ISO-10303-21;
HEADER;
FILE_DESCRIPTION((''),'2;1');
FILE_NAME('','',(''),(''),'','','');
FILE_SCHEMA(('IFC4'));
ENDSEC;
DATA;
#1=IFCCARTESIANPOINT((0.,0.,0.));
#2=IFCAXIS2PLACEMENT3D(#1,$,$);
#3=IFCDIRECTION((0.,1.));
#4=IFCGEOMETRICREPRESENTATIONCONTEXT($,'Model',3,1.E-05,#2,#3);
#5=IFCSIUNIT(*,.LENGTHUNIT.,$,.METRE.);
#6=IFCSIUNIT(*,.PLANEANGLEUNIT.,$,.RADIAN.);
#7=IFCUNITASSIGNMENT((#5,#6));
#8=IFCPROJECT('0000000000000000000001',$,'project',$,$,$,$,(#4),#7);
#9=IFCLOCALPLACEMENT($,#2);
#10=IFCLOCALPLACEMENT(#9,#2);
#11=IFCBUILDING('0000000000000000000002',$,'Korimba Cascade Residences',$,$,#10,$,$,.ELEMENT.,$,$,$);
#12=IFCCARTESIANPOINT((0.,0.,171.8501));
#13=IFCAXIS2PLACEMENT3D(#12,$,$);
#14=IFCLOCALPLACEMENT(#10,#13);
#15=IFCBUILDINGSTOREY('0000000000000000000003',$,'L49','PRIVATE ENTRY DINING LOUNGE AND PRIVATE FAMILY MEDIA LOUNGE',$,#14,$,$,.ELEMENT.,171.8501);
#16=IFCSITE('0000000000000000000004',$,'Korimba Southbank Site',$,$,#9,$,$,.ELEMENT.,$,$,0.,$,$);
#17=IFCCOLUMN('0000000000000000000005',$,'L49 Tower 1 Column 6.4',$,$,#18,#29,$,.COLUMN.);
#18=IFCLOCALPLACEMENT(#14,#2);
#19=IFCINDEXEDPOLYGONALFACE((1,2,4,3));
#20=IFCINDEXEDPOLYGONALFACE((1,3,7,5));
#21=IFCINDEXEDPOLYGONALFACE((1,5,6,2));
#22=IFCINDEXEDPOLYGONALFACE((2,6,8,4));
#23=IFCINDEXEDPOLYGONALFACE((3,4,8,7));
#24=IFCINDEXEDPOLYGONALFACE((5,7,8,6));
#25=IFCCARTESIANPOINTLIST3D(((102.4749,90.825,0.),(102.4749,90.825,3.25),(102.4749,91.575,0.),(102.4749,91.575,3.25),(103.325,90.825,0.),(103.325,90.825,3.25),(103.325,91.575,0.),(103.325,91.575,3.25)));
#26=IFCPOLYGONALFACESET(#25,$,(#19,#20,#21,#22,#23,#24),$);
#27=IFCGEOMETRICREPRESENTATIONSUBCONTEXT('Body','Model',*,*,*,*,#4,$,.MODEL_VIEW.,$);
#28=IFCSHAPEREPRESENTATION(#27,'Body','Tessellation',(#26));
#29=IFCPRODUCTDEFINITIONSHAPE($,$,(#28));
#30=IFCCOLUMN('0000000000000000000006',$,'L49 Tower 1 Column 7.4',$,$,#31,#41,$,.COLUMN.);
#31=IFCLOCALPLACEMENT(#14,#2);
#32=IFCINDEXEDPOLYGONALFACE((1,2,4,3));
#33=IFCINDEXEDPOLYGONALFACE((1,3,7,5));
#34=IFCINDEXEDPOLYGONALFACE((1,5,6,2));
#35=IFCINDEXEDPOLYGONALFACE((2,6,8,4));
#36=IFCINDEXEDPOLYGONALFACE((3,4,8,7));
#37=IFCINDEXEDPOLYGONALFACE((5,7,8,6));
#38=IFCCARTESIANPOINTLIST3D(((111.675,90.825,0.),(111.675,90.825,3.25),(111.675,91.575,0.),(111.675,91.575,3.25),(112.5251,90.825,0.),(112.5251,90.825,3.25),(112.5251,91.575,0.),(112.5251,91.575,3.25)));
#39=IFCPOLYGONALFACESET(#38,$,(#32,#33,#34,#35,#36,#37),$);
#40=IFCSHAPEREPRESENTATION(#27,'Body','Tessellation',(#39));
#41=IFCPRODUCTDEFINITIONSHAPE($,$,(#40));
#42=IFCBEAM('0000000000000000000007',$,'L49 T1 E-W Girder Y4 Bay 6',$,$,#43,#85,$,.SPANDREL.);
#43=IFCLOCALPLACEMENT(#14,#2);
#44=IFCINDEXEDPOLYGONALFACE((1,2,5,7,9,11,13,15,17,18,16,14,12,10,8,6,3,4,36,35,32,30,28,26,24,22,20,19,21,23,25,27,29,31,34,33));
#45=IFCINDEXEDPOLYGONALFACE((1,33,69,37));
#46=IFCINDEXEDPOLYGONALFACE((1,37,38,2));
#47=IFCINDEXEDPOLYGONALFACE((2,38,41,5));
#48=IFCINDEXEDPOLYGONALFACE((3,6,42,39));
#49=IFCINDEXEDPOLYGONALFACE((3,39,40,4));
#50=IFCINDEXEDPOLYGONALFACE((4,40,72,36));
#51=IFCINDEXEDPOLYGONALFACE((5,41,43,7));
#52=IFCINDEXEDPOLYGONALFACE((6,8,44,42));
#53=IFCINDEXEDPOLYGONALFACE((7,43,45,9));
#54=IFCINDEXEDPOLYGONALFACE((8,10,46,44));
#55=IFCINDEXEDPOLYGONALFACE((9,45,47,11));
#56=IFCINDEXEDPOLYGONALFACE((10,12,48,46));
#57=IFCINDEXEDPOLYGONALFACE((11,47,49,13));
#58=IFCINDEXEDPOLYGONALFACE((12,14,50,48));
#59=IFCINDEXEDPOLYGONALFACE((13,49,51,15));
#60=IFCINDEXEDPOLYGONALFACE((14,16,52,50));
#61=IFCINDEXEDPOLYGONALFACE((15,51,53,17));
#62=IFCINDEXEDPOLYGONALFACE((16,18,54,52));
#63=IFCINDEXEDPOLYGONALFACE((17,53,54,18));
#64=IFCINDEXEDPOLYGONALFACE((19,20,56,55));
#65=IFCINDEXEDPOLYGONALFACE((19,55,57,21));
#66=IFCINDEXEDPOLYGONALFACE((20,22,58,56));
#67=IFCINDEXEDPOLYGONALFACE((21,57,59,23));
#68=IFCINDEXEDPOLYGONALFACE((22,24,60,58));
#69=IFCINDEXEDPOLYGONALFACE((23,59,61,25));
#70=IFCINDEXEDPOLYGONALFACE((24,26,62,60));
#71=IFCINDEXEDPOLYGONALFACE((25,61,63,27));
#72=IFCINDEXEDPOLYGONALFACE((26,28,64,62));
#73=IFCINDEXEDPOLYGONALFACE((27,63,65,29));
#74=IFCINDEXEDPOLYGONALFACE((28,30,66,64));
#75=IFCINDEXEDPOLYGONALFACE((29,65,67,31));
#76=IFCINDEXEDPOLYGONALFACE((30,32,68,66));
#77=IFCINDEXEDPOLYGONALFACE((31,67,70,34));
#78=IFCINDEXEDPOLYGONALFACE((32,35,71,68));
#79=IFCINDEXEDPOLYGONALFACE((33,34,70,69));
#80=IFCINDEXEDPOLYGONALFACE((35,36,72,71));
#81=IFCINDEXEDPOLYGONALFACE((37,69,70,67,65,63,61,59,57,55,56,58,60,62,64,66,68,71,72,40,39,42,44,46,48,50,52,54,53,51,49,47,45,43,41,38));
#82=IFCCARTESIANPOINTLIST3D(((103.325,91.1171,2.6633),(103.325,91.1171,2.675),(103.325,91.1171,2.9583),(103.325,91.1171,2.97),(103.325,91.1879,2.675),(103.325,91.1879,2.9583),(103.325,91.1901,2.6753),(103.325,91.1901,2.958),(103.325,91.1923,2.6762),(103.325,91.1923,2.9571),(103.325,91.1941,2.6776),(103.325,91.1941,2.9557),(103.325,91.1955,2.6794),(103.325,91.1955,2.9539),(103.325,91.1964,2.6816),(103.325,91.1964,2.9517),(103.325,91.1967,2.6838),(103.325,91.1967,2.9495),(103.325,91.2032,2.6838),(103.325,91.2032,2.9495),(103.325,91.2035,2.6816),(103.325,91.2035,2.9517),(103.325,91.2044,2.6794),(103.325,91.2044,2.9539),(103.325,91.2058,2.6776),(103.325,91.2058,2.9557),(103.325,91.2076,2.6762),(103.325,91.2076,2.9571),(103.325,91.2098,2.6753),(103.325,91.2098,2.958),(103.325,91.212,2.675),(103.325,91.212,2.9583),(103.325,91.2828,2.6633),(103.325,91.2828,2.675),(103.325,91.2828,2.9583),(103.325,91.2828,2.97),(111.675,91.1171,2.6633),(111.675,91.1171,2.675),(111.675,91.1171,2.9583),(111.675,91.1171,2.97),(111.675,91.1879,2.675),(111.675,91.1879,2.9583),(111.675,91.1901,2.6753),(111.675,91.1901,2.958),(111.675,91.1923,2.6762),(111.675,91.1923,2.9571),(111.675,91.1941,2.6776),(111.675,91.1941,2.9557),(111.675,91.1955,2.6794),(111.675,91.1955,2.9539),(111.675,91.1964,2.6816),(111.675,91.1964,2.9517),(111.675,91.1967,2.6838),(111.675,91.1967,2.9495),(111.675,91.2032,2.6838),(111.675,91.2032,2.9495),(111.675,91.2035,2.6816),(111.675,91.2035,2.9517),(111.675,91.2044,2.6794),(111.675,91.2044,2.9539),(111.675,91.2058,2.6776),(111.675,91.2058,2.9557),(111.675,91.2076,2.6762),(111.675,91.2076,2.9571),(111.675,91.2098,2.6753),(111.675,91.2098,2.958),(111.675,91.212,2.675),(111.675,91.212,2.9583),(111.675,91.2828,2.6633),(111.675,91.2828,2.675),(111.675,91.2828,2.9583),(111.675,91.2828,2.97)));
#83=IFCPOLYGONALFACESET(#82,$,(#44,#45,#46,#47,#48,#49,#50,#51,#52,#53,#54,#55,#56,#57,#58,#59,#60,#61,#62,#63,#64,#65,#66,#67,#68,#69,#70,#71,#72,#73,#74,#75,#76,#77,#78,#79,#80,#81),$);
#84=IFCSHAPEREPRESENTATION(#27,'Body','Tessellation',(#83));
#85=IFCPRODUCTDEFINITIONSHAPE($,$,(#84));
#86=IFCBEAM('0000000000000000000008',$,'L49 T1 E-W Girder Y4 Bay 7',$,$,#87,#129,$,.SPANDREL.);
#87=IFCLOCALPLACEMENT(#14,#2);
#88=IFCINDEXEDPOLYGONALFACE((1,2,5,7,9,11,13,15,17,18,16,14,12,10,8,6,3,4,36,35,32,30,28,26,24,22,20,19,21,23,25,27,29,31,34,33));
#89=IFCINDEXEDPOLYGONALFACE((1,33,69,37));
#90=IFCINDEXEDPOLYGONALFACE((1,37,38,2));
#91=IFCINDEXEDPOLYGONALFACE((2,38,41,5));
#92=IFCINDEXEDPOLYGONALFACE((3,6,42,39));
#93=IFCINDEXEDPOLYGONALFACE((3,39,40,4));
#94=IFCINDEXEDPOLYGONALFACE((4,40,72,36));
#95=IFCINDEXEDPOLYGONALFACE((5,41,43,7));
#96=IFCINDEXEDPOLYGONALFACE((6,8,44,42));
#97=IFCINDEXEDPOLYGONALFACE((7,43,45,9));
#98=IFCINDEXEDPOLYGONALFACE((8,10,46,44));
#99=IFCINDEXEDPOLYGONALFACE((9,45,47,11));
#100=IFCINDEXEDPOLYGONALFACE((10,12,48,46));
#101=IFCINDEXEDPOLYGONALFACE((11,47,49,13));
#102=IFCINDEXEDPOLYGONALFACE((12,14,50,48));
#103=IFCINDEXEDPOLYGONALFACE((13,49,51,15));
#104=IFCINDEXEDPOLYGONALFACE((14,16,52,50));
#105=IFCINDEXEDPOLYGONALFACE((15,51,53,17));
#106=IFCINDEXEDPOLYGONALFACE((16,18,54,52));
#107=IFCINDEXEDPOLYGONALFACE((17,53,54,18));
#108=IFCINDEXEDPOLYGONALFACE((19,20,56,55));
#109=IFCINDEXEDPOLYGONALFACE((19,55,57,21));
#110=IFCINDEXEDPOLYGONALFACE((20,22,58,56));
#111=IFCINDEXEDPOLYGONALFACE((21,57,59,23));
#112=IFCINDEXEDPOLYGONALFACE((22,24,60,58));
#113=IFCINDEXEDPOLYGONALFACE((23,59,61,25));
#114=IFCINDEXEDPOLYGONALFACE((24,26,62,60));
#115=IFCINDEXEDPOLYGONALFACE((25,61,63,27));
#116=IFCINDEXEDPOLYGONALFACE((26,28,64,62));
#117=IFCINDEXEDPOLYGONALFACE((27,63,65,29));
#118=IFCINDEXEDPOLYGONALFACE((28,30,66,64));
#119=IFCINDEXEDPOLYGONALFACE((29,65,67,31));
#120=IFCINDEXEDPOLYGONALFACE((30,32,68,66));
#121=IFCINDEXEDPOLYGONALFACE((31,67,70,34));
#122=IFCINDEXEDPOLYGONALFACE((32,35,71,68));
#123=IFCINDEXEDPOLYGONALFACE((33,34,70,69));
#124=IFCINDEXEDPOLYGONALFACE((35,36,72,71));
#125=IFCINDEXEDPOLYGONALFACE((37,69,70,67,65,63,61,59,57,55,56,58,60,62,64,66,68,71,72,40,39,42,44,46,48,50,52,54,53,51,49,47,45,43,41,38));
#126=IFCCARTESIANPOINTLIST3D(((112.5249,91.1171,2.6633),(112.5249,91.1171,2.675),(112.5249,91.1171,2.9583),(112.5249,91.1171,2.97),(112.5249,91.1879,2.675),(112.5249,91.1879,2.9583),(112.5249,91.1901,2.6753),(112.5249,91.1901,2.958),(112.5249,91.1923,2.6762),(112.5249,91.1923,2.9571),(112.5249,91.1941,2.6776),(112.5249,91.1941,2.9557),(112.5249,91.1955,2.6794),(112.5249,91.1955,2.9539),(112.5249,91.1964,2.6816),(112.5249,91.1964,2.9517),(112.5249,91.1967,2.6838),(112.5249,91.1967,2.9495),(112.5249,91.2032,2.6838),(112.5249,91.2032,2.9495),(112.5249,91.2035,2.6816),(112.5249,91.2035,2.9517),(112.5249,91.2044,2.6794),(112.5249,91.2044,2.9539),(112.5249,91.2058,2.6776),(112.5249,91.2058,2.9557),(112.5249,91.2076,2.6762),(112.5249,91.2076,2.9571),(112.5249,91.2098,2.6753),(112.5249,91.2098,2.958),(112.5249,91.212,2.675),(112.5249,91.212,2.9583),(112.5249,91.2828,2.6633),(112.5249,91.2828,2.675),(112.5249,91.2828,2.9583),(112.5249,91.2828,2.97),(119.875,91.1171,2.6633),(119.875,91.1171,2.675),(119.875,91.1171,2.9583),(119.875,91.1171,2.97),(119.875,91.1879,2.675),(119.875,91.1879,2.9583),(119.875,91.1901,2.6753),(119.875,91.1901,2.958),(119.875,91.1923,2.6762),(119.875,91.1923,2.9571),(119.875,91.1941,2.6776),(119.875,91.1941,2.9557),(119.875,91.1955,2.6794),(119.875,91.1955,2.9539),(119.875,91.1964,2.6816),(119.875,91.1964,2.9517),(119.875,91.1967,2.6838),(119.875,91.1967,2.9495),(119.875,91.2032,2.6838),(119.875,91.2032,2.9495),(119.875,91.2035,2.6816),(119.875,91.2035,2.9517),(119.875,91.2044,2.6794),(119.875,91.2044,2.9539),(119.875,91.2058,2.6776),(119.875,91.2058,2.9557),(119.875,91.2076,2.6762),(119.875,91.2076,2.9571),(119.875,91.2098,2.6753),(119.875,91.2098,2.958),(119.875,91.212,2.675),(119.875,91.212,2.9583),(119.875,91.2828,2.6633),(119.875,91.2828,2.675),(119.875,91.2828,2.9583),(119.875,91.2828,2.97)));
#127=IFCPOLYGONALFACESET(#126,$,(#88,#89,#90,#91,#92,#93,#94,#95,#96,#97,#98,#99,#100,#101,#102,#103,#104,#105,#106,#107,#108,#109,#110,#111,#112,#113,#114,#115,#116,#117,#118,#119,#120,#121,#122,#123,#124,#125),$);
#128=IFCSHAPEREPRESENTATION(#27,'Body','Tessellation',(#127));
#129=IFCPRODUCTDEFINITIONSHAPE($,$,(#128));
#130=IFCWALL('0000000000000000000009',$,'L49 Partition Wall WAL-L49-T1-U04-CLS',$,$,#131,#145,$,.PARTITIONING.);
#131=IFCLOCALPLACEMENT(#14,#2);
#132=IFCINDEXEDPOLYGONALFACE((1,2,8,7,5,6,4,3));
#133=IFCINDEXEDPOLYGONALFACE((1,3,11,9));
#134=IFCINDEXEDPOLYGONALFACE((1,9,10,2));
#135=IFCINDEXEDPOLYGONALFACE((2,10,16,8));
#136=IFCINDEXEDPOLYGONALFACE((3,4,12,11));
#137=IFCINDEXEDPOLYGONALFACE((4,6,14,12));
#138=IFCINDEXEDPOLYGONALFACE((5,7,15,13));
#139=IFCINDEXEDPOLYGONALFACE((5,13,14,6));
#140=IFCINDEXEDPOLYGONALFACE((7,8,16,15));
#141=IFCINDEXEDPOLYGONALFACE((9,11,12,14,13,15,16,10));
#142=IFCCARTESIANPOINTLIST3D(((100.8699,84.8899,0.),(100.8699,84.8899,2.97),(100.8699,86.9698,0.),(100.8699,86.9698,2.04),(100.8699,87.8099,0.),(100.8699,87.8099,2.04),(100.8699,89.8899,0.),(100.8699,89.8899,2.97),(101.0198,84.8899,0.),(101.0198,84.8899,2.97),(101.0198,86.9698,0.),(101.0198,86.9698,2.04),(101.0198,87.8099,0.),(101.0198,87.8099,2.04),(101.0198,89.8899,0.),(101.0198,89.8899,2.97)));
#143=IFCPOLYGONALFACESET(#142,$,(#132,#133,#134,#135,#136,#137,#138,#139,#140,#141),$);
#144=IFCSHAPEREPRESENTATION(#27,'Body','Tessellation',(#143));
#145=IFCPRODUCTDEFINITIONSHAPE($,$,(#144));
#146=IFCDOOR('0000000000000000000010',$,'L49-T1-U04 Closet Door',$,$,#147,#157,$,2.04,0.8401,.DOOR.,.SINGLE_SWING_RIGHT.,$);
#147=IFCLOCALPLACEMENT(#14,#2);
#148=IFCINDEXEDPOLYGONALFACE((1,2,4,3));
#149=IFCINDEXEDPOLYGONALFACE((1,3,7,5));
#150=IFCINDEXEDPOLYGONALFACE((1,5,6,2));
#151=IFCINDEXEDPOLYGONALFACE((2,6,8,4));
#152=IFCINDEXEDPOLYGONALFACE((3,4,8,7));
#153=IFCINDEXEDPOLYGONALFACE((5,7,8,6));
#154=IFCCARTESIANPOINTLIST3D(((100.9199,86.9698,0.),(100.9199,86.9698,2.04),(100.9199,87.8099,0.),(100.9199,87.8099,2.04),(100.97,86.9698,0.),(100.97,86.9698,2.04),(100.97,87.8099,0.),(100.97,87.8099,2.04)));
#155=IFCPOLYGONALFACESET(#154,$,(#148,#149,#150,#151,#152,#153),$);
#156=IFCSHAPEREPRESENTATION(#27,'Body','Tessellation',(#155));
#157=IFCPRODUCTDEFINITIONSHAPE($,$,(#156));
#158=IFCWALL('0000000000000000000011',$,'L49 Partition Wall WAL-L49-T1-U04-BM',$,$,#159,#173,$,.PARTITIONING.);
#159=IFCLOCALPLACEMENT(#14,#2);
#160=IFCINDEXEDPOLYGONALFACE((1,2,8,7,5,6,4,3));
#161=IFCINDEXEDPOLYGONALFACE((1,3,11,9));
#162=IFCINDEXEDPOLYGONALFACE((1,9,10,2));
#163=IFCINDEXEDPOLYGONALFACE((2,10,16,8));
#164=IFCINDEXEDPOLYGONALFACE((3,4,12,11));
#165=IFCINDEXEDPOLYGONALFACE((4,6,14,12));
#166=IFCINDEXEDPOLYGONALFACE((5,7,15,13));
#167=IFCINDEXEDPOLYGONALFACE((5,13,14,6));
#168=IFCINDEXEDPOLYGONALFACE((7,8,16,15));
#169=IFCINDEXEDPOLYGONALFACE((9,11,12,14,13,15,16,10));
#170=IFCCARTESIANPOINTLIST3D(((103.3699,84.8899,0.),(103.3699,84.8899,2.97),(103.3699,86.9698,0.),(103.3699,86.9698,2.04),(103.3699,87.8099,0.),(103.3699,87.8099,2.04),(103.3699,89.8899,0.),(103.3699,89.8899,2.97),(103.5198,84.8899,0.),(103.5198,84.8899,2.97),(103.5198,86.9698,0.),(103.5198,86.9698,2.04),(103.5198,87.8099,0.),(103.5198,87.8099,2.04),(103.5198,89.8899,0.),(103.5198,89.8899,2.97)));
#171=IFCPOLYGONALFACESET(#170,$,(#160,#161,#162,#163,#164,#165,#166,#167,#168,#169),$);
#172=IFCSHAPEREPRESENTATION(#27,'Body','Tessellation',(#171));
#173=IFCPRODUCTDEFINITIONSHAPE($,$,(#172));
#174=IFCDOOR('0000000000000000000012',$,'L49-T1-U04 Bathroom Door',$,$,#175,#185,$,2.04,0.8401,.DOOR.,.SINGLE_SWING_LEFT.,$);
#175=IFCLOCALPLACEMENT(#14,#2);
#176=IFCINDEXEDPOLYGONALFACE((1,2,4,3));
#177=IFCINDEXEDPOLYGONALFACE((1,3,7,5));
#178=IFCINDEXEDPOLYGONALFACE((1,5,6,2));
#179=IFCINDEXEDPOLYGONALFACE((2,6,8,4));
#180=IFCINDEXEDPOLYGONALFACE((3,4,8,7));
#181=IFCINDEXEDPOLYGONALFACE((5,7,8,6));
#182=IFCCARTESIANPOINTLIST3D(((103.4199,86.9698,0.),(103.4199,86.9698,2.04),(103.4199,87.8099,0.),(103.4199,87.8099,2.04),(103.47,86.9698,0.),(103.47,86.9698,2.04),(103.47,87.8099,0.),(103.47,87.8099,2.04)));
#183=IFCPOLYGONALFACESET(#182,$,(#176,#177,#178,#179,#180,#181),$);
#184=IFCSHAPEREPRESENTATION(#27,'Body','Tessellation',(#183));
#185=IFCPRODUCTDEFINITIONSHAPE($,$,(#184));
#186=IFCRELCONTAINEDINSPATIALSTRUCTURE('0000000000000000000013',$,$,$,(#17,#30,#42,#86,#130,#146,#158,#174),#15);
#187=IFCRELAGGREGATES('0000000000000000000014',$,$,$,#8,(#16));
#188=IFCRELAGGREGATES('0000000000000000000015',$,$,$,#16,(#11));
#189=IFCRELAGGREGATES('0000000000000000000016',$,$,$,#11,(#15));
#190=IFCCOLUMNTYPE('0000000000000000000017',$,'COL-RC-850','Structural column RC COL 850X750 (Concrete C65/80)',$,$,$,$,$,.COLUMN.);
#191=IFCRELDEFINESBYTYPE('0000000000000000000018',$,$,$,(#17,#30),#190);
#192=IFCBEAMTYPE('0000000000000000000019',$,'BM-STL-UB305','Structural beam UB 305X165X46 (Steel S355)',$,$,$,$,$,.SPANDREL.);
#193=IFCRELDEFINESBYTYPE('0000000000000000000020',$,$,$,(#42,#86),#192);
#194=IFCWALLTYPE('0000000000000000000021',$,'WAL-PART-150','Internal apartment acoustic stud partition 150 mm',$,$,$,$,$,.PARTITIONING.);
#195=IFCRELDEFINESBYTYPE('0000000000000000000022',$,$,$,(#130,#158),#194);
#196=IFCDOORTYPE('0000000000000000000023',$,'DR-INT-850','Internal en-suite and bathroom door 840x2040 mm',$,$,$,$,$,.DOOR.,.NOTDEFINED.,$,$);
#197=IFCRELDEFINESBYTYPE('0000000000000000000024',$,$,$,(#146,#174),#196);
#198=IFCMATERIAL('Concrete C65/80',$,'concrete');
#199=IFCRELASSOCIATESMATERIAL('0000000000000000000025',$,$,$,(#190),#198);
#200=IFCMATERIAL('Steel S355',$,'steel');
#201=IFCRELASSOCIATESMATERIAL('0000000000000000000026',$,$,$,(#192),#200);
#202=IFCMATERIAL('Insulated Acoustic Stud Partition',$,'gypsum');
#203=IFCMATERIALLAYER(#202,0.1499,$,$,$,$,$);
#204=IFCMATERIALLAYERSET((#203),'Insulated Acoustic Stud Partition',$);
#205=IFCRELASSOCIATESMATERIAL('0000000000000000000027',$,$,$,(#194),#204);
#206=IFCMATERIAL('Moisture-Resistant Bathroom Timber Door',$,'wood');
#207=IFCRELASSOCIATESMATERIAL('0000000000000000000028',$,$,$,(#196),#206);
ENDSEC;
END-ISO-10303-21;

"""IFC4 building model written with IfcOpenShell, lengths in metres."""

from ifc_helpers import new_model, si_unit, direction, frame, frame_2d, origin, origin_2d, place, context, subcontext, project, spatial, rectangle, i_section, extrude, material, layer, layer_set, material_profile, profile_set, type_object, element, fill, save


model = new_model("IFC4")

# Units and contexts
model_context = context("Model", 3, precision=1e-05, world=origin(), true_north=direction((0.0, 1.0)))
body_context = subcontext(model_context, "Body", "Model", "MODEL_VIEW")
ifc_project = project(units=[si_unit("LENGTHUNIT", "METRE"), si_unit("PLANEANGLEUNIT", "RADIAN")], contexts=[model_context])

# Site, building, storey
site_placement = place(None, origin())
site = spatial("IfcSite", under=ifc_project, at=site_placement, Name="Korimba Southbank Site", CompositionType="ELEMENT", RefElevation=0.0)
building_placement = place(site_placement, origin())
building = spatial("IfcBuilding", under=site, at=building_placement, Name="Korimba Cascade Residences", CompositionType="ELEMENT")
storey_placement = place(building_placement, frame((0.0, 0.0, 171.8501)))
storey = spatial("IfcBuildingStorey", under=building, at=storey_placement, Name="L49", Description="PRIVATE ENTRY DINING LOUNGE AND PRIVATE FAMILY MEDIA LOUNGE", CompositionType="ELEMENT", Elevation=171.8501)

# Columns
ifc_material_1 = material(Name="Concrete C65/80", Category="concrete")
ifc_material_profile_1 = material_profile(ifc_material_1, rectangle(XDim=0.8501, YDim=0.75, at=origin_2d()), Name="Concrete C65/80")
ifc_profile_set_1 = profile_set([ifc_material_profile_1], Name="Concrete C65/80")
column_type = type_object("IfcColumnType", Name="COL-RC-850", Description="Structural column RC COL 850X750 (Concrete C65/80)", PredefinedType="COLUMN", material=ifc_profile_set_1)
for number, where, z_axis, x_axis, name in (
    (1, (102.8999, 91.2, 0.0), (0.0, 0.0, 1.0), (1.0, 0.0, 0.0), "L49 Tower 1 Column 6.4"),
    (2, (112.1001, 91.2, 0.0), (0.0, 0.0, 1.0), (1.0, 0.0, 0.0), "L49 Tower 1 Column 7.4"),
):
    element("IfcColumn", number, at=place(storey_placement, frame(where, z_axis=z_axis, x_axis=x_axis)), inside=storey, type_object=column_type, Name=name, PredefinedType="COLUMN", context=body_context, shape_type="SweptSolid", body=[
        extrude(rectangle(XDim=0.8501, YDim=0.75, at=origin_2d()), origin(), (0.0, 0.0, 1.0), 3.25),
    ])

# Beams
ifc_material_2 = material(Name="Steel S355", Category="steel")
ifc_material_profile_2 = material_profile(ifc_material_2, i_section(OverallWidth=0.1658, OverallDepth=0.3066, WebThickness=0.0066, FlangeThickness=0.0117, FilletRadius=0.0088, at=origin_2d()), Name="Steel S355")
ifc_profile_set_2 = profile_set([ifc_material_profile_2], Name="Steel S355")
beam_type = type_object("IfcBeamType", Name="BM-STL-UB305", Description="Structural beam UB 305X165X46 (Steel S355)", PredefinedType="SPANDREL", material=ifc_profile_set_2)
beam_1_placement = place(storey_placement, frame((103.325, 91.2, 2.8167), z_axis=(1.0, 0.0, 0.0), x_axis=(0.0, 1.0, 0.0)))
element("IfcBeam", 3, at=beam_1_placement, inside=storey, type_object=beam_type, Name="L49 T1 E-W Girder Y4 Bay 6", PredefinedType="SPANDREL", context=body_context, shape_type="SweptSolid", body=[
    extrude(i_section(OverallWidth=0.1658, OverallDepth=0.3066, WebThickness=0.0066, FlangeThickness=0.0117, FilletRadius=0.0088, at=origin_2d()), origin(), (0.0, 0.0, 1.0), 8.3501),
])
beam_2_placement = place(storey_placement, frame((112.5249, 91.2, 2.8167), z_axis=(1.0, 0.0, 0.0), x_axis=(0.0, 1.0, 0.0)))
element("IfcBeam", 4, at=beam_2_placement, inside=storey, type_object=beam_type, Name="L49 T1 E-W Girder Y4 Bay 7", PredefinedType="SPANDREL", context=body_context, shape_type="SweptSolid", body=[
    extrude(i_section(OverallWidth=0.1658, OverallDepth=0.3066, WebThickness=0.0066, FlangeThickness=0.0117, FilletRadius=0.0088, at=origin_2d()), origin(), (0.0, 0.0, 1.0), 7.3501),
])

# Walls, openings, doors
ifc_material_3 = material(Name="Insulated Acoustic Stud Partition", Category="gypsum")
ifc_layer = layer(ifc_material_3, 0.1499)
ifc_layer_set = layer_set([ifc_layer], Name="Insulated Acoustic Stud Partition")
wall_type = type_object("IfcWallType", Name="WAL-PART-150", Description="Internal apartment acoustic stud partition 150 mm", PredefinedType="PARTITIONING", material=ifc_layer_set)
wall_1_placement = place(storey_placement, frame((100.9448, 84.8899, 0.0), z_axis=(0.0, 0.0, 1.0), x_axis=(0.0, 1.0, 0.0)))
wall_1 = element("IfcWall", 5, at=wall_1_placement, inside=storey, type_object=wall_type, Name="L49 Partition Wall WAL-L49-T1-U04-CLS", PredefinedType="PARTITIONING", context=body_context, shape_type="SweptSolid", body=[
    extrude(rectangle(XDim=5.0, YDim=0.1499, at=frame_2d((2.5, 0.0))), origin(), (0.0, 0.0, 1.0), 2.97),
])
opening_1_placement = place(wall_1_placement, frame((2.0801, 0.0, 0.0)))
opening_1 = element("IfcOpeningElement", 6, at=opening_1_placement, cuts=wall_1, PredefinedType="OPENING", context=body_context, shape_type="SweptSolid", body=[
    extrude(rectangle(XDim=0.8401, YDim=2.04, at=frame_2d((0.4199, 1.02))), frame((0.0, 0.085, 0.0), z_axis=(0.0, -1.0, 0.0), x_axis=(1.0, 0.0, 0.0)), (0.0, 0.0, 1.0), 0.1699),
])
ifc_material_4 = material(Name="Moisture-Resistant Bathroom Timber Door", Category="wood")
door_type_1 = type_object("IfcDoorType", Name="DR-INT-850", Description="Internal en-suite and bathroom door 840x2040 mm", OperationType="NOTDEFINED", PredefinedType="DOOR", material=ifc_material_4)
door_1_placement = place(opening_1_placement, origin())
door_1 = element("IfcDoor", 7, at=door_1_placement, inside=storey, type_object=door_type_1, Name="L49-T1-U04 Closet Door", OperationType="SINGLE_SWING_RIGHT", OverallHeight=2.04, OverallWidth=0.8401, PredefinedType="DOOR", context=body_context, shape_type="SweptSolid", body=[
    extrude(rectangle(XDim=0.8401, YDim=2.04, at=frame_2d((0.4199, 1.02))), frame((0.0, 0.0249, 0.0), z_axis=(0.0, -1.0, 0.0), x_axis=(1.0, 0.0, 0.0)), (0.0, 0.0, 1.0), 0.05),
])
fill(opening_1, door_1)
wall_2_placement = place(storey_placement, frame((103.4448, 84.8899, 0.0), z_axis=(0.0, 0.0, 1.0), x_axis=(0.0, 1.0, 0.0)))
wall_2 = element("IfcWall", 8, at=wall_2_placement, inside=storey, type_object=wall_type, Name="L49 Partition Wall WAL-L49-T1-U04-BM", PredefinedType="PARTITIONING", context=body_context, shape_type="SweptSolid", body=[
    extrude(rectangle(XDim=5.0, YDim=0.1499, at=frame_2d((2.5, 0.0))), origin(), (0.0, 0.0, 1.0), 2.97),
])
opening_2_placement = place(wall_2_placement, frame((2.0801, 0.0, 0.0)))
opening_2 = element("IfcOpeningElement", 9, at=opening_2_placement, cuts=wall_2, PredefinedType="OPENING", context=body_context, shape_type="SweptSolid", body=[
    extrude(rectangle(XDim=0.8401, YDim=2.04, at=frame_2d((0.4199, 1.02))), frame((0.0, 0.085, 0.0), z_axis=(0.0, -1.0, 0.0), x_axis=(1.0, 0.0, 0.0)), (0.0, 0.0, 1.0), 0.1699),
])
door_2_placement = place(opening_2_placement, origin())
door_2 = element("IfcDoor", 10, at=door_2_placement, inside=storey, type_object=door_type_1, Name="L49-T1-U04 Bathroom Door", OperationType="SINGLE_SWING_LEFT", OverallHeight=2.04, OverallWidth=0.8401, PredefinedType="DOOR", context=body_context, shape_type="SweptSolid", body=[
    extrude(rectangle(XDim=0.8401, YDim=2.04, at=frame_2d((0.4199, 1.02))), frame((0.0, 0.0249, 0.0), z_axis=(0.0, -1.0, 0.0), x_axis=(1.0, 0.0, 0.0)), (0.0, 0.0, 1.0), 0.05),
])
fill(opening_2, door_2)

save(model, "model.ifc")
